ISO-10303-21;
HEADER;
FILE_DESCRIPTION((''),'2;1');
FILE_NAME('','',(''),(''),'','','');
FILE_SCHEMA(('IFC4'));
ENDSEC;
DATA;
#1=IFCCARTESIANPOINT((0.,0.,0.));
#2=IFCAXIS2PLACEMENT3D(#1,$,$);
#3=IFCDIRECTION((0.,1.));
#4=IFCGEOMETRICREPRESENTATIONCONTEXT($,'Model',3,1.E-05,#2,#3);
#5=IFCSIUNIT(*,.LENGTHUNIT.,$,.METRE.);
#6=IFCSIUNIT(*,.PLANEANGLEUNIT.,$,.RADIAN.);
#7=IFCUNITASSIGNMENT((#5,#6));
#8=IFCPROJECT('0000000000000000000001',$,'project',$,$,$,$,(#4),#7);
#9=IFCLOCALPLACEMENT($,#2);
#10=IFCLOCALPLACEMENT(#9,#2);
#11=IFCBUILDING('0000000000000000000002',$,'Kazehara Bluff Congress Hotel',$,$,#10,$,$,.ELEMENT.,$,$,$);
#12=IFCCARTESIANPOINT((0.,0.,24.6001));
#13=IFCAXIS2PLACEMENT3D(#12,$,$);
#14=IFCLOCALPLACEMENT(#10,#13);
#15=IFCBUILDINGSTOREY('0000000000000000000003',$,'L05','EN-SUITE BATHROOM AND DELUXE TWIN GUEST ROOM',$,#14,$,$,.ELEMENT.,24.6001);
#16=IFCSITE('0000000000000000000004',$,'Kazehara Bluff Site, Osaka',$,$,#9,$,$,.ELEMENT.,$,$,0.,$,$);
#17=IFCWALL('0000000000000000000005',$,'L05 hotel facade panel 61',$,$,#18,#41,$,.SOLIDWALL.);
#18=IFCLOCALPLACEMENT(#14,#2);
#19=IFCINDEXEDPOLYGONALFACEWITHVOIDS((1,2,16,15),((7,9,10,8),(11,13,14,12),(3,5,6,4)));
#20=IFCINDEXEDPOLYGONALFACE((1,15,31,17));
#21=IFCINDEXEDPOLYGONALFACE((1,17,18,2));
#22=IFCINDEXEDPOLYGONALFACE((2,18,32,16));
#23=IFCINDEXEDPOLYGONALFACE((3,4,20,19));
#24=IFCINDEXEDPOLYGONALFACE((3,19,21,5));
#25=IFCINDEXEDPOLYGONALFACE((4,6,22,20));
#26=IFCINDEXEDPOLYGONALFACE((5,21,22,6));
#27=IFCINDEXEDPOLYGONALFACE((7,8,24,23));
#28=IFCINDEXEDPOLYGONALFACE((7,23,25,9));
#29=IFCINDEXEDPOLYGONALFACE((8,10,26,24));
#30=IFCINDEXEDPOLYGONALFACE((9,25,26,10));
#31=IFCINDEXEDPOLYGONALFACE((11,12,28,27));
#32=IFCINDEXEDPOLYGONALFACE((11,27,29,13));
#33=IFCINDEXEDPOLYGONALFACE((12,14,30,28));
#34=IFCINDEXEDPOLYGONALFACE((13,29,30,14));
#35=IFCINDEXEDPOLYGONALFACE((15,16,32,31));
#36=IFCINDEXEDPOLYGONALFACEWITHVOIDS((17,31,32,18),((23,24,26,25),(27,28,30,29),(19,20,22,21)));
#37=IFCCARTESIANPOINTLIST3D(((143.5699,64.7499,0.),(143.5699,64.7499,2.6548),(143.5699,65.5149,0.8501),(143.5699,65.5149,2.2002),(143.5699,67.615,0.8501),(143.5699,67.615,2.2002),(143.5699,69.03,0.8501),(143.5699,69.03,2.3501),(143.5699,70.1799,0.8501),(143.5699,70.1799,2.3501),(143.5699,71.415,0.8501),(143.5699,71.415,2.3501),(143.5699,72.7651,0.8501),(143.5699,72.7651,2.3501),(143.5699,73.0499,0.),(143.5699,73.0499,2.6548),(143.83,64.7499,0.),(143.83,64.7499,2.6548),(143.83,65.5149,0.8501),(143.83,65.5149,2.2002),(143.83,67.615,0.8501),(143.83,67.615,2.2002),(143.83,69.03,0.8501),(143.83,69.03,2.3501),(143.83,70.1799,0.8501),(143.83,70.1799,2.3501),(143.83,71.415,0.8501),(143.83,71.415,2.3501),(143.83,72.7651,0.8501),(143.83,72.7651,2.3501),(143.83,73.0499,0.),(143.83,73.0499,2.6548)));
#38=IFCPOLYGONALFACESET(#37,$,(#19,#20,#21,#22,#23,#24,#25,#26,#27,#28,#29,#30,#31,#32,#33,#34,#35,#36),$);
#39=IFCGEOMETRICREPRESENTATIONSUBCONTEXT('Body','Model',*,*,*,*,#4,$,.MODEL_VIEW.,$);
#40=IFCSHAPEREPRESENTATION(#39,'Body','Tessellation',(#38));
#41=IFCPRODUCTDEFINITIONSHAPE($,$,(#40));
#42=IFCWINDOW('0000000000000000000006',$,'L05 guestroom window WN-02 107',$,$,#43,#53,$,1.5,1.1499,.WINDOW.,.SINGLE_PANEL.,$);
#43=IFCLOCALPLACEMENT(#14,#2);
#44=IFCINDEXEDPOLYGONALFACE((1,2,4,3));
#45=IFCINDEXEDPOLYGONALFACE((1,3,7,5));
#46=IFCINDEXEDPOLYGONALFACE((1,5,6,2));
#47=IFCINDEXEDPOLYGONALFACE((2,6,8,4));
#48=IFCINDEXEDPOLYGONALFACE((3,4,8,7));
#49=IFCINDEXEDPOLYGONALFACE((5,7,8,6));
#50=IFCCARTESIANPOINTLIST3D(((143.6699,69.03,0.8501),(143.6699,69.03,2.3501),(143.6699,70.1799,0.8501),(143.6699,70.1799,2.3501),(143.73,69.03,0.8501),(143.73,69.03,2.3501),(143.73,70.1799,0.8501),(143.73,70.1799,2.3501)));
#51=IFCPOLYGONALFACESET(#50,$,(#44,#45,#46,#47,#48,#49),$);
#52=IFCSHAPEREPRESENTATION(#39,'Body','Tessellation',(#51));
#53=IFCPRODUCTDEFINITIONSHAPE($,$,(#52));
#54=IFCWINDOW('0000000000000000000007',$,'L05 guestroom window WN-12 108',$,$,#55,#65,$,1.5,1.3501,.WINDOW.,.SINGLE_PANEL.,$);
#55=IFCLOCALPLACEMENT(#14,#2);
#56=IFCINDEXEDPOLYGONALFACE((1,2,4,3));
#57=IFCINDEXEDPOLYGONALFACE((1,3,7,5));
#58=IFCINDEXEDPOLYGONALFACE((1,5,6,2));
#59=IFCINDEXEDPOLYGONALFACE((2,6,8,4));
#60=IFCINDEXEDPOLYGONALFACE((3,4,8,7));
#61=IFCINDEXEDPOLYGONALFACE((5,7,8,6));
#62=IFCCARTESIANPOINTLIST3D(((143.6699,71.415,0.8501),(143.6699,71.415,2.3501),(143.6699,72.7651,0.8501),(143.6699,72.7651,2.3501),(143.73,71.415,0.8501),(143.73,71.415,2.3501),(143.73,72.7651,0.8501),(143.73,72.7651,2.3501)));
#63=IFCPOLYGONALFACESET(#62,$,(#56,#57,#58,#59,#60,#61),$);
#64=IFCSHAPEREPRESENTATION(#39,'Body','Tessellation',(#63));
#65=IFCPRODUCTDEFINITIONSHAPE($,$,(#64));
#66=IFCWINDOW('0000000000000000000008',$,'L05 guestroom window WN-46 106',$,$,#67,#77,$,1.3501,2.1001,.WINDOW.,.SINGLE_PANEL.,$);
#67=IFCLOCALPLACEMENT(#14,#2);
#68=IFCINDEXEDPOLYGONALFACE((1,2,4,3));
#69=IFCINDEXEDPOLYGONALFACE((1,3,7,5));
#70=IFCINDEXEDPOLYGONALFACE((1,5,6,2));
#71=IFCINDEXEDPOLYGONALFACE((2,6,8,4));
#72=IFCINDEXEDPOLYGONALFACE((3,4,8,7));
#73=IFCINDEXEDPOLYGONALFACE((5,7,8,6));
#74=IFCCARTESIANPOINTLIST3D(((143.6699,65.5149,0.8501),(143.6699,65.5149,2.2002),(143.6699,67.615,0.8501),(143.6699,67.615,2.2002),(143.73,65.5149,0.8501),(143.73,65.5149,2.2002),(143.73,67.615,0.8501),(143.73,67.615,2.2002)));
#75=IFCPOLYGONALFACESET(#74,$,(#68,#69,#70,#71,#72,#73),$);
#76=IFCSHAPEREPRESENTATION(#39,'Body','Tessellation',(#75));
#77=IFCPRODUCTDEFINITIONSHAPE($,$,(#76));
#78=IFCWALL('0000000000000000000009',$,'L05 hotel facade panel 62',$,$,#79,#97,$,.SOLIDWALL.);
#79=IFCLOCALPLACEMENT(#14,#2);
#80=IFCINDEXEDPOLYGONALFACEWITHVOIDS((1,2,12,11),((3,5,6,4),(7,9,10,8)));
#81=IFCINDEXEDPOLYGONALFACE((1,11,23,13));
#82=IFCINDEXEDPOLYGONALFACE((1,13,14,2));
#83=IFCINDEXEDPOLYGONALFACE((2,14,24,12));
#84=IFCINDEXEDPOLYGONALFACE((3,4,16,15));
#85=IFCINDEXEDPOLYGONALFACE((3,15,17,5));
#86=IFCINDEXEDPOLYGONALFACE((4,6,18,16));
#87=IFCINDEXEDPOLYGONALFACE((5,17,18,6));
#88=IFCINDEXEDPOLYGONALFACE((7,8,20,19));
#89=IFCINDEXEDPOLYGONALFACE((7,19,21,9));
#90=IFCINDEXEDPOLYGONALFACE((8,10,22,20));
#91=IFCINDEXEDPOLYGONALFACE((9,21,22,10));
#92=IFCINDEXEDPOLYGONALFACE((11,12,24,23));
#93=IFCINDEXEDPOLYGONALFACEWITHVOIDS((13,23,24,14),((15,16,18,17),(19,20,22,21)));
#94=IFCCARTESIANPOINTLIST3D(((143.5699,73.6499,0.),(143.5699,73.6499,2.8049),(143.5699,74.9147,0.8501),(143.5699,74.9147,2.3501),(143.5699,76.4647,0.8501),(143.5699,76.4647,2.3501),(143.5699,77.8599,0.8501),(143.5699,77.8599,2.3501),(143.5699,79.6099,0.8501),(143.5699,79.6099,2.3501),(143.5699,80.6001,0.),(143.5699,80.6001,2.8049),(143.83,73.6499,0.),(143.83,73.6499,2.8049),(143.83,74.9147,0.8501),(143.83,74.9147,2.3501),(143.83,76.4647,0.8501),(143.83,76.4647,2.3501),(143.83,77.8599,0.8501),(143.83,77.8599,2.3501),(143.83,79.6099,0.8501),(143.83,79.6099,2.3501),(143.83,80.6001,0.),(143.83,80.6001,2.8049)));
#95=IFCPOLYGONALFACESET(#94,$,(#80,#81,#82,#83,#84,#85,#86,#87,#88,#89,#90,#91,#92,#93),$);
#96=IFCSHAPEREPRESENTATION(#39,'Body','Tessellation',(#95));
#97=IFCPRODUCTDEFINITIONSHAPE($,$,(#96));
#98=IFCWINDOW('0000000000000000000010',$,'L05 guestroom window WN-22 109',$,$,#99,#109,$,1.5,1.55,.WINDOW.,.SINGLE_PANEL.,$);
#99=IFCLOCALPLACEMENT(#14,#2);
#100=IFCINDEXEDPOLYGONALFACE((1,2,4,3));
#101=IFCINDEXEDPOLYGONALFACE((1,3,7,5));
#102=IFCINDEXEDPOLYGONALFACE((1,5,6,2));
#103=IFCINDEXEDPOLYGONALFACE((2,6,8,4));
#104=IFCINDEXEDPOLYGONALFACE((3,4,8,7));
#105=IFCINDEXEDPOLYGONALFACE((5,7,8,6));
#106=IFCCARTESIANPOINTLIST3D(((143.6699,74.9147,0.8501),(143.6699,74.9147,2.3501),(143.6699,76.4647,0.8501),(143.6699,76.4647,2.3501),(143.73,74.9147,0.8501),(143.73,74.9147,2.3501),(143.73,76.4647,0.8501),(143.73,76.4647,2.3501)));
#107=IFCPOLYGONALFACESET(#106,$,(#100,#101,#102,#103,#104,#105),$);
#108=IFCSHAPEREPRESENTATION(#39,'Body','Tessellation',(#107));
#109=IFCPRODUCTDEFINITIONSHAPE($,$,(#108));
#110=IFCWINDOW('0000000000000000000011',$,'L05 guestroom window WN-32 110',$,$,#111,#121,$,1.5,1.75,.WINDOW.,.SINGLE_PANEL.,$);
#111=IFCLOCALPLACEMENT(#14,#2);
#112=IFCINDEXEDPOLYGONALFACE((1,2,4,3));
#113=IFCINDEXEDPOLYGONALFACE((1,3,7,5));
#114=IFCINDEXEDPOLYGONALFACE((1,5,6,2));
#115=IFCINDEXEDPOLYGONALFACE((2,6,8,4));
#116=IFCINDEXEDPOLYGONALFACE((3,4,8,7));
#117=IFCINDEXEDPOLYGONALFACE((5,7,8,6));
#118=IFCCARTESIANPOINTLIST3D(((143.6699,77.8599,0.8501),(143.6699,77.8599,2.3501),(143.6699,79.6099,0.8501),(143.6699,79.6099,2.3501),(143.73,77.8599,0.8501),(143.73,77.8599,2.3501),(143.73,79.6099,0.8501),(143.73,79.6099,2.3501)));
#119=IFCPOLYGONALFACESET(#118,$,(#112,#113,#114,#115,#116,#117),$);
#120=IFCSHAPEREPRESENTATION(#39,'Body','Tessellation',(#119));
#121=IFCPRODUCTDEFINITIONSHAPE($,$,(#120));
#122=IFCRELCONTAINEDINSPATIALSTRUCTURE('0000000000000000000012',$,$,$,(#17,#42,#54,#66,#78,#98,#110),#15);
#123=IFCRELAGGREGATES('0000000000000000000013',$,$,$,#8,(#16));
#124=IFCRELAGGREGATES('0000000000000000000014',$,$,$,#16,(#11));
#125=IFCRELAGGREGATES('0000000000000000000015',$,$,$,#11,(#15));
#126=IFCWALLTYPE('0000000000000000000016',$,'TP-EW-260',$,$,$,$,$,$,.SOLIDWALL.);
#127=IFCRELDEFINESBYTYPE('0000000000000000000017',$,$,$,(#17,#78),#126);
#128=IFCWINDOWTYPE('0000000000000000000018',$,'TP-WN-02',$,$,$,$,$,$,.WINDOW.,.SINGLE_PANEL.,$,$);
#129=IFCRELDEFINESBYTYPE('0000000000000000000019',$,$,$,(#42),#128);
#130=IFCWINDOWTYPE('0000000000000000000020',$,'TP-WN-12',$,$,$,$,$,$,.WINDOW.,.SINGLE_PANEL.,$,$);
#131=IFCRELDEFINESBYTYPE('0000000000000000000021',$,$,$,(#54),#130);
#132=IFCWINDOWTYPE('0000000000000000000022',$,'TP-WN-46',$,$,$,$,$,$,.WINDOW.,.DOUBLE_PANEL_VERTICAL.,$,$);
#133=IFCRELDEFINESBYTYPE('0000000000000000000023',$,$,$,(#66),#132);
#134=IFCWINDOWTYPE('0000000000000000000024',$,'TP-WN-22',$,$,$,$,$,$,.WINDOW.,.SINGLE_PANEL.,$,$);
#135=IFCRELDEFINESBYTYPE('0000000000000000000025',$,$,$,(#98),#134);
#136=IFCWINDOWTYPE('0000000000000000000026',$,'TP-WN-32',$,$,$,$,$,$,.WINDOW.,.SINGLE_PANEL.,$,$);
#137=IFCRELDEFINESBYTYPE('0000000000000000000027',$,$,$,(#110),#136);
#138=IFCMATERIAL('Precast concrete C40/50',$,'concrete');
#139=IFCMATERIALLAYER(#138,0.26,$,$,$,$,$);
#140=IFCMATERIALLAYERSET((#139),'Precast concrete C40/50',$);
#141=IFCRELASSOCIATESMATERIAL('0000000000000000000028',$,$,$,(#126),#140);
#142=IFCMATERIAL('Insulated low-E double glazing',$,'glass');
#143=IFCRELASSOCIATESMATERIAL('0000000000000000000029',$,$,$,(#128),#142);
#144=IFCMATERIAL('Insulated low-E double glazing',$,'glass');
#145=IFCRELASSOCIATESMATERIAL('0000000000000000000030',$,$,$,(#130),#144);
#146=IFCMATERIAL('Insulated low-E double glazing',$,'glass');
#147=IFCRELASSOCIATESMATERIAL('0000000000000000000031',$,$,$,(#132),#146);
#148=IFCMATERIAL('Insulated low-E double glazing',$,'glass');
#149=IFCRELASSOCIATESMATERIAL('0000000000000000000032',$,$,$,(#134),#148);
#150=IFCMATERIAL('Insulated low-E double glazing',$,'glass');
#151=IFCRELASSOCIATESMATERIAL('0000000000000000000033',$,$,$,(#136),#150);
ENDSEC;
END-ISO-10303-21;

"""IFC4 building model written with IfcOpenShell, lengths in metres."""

from ifc_helpers import new_model, si_unit, direction, frame, frame_2d, origin, place, context, subcontext, project, spatial, rectangle, extrude, material, layer, layer_set, type_object, element, fill, save


model = new_model("IFC4")

# Units and contexts
model_context = context("Model", 3, precision=1e-05, world=origin(), true_north=direction((0.0, 1.0)))
body_context = subcontext(model_context, "Body", "Model", "MODEL_VIEW")
ifc_project = project(units=[si_unit("LENGTHUNIT", "METRE"), si_unit("PLANEANGLEUNIT", "RADIAN")], contexts=[model_context])

# Site, building, storey
site_placement = place(None, origin())
site = spatial("IfcSite", under=ifc_project, at=site_placement, Name="Kazehara Bluff Site, Osaka", CompositionType="ELEMENT", RefElevation=0.0)
building_placement = place(site_placement, origin())
building = spatial("IfcBuilding", under=site, at=building_placement, Name="Kazehara Bluff Congress Hotel", CompositionType="ELEMENT")
storey_placement = place(building_placement, frame((0.0, 0.0, 24.6001)))
storey = spatial("IfcBuildingStorey", under=building, at=storey_placement, Name="L05", Description="EN-SUITE BATHROOM AND DELUXE TWIN GUEST ROOM", CompositionType="ELEMENT", Elevation=24.6001)

# Shared definitions
ifc_material_1 = material(Name="Precast concrete C40/50", Category="concrete")
ifc_layer = layer(ifc_material_1, 0.26)
ifc_layer_set = layer_set([ifc_layer], Name="Precast concrete C40/50")
wall_type = type_object("IfcWallType", Name="TP-EW-260", PredefinedType="SOLIDWALL", material=ifc_layer_set)

# Walls, openings, windows
wall_1_placement = place(storey_placement, frame((143.7, 64.75, 0.0), z_axis=(0.0, 0.0, 1.0), x_axis=(0.0, 1.0, 0.0)))
wall_1 = element("IfcWall", 1, at=wall_1_placement, inside=storey, type_object=wall_type, Name="L05 hotel facade panel 61", PredefinedType="SOLIDWALL", context=body_context, shape_type="SweptSolid", body=[
    extrude(rectangle(XDim=8.3, YDim=0.26, at=frame_2d((4.1499, 0.0))), origin(), (0.0, 0.0, 1.0), 2.6548),
])
opening_1_placement = place(wall_1_placement, frame((0.7649, 0.0, 0.8501)))
opening_1 = element("IfcOpeningElement", 2, at=opening_1_placement, cuts=wall_1, PredefinedType="OPENING", context=body_context, shape_type="SweptSolid", body=[
    extrude(rectangle(XDim=2.1001, YDim=1.3501, at=frame_2d((1.05, 0.675))), frame((0.0, 0.1399, 0.0), z_axis=(0.0, -1.0, 0.0), x_axis=(1.0, 0.0, 0.0)), (0.0, 0.0, 1.0), 0.28),
])
opening_2_placement = place(wall_1_placement, frame((4.28, 0.0, 0.8501)))
opening_2 = element("IfcOpeningElement", 3, at=opening_2_placement, cuts=wall_1, PredefinedType="OPENING", context=body_context, shape_type="SweptSolid", body=[
    extrude(rectangle(XDim=1.1499, YDim=1.5, at=frame_2d((0.575, 0.75))), frame((0.0, 0.1399, 0.0), z_axis=(0.0, -1.0, 0.0), x_axis=(1.0, 0.0, 0.0)), (0.0, 0.0, 1.0), 0.28),
])
opening_3_placement = place(wall_1_placement, frame((6.665, 0.0, 0.8501)))
opening_3 = element("IfcOpeningElement", 4, at=opening_3_placement, cuts=wall_1, PredefinedType="OPENING", context=body_context, shape_type="SweptSolid", body=[
    extrude(rectangle(XDim=1.3501, YDim=1.5, at=frame_2d((0.675, 0.75))), frame((0.0, 0.1399, 0.0), z_axis=(0.0, -1.0, 0.0), x_axis=(1.0, 0.0, 0.0)), (0.0, 0.0, 1.0), 0.28),
])
ifc_material_2 = material(Name="Insulated low-E double glazing", Category="glass")
window_type_1 = type_object("IfcWindowType", Name="TP-WN-02", PartitioningType="SINGLE_PANEL", PredefinedType="WINDOW", material=ifc_material_2)
window_1_placement = place(opening_2_placement, origin())
window_1 = element("IfcWindow", 5, at=window_1_placement, inside=storey, type_object=window_type_1, Name="L05 guestroom window WN-02 107", OverallHeight=1.5, OverallWidth=1.1499, PartitioningType="SINGLE_PANEL", PredefinedType="WINDOW", context=body_context, shape_type="SweptSolid", body=[
    extrude(rectangle(XDim=1.1499, YDim=1.5, at=frame_2d((0.575, 0.75))), frame((0.0, 0.03, 0.0), z_axis=(0.0, -1.0, 0.0), x_axis=(1.0, 0.0, 0.0)), (0.0, 0.0, 1.0), 0.0601),
])
fill(opening_2, window_1)
ifc_material_3 = material(Name="Insulated low-E double glazing", Category="glass")
window_type_2 = type_object("IfcWindowType", Name="TP-WN-12", PartitioningType="SINGLE_PANEL", PredefinedType="WINDOW", material=ifc_material_3)
window_2_placement = place(opening_3_placement, origin())
window_2 = element("IfcWindow", 6, at=window_2_placement, inside=storey, type_object=window_type_2, Name="L05 guestroom window WN-12 108", OverallHeight=1.5, OverallWidth=1.3501, PartitioningType="SINGLE_PANEL", PredefinedType="WINDOW", context=body_context, shape_type="SweptSolid", body=[
    extrude(rectangle(XDim=1.3501, YDim=1.5, at=frame_2d((0.675, 0.75))), frame((0.0, 0.03, 0.0), z_axis=(0.0, -1.0, 0.0), x_axis=(1.0, 0.0, 0.0)), (0.0, 0.0, 1.0), 0.0601),
])
fill(opening_3, window_2)
ifc_material_4 = material(Name="Insulated low-E double glazing", Category="glass")
window_type_3 = type_object("IfcWindowType", Name="TP-WN-46", PartitioningType="DOUBLE_PANEL_VERTICAL", PredefinedType="WINDOW", material=ifc_material_4)
window_3_placement = place(opening_1_placement, origin())
window_3 = element("IfcWindow", 7, at=window_3_placement, inside=storey, type_object=window_type_3, Name="L05 guestroom window WN-46 106", OverallHeight=1.3501, OverallWidth=2.1001, PartitioningType="SINGLE_PANEL", PredefinedType="WINDOW", context=body_context, shape_type="SweptSolid", body=[
    extrude(rectangle(XDim=2.1001, YDim=1.3501, at=frame_2d((1.05, 0.675))), frame((0.0, 0.03, 0.0), z_axis=(0.0, -1.0, 0.0), x_axis=(1.0, 0.0, 0.0)), (0.0, 0.0, 1.0), 0.0601),
])
fill(opening_1, window_3)
wall_2_placement = place(storey_placement, frame((143.7, 73.6499, 0.0), z_axis=(0.0, 0.0, 1.0), x_axis=(0.0, 1.0, 0.0)))
wall_2 = element("IfcWall", 8, at=wall_2_placement, inside=storey, type_object=wall_type, Name="L05 hotel facade panel 62", PredefinedType="SOLIDWALL", context=body_context, shape_type="SweptSolid", body=[
    extrude(rectangle(XDim=6.9502, YDim=0.26, at=frame_2d((3.4751, 0.0))), origin(), (0.0, 0.0, 1.0), 2.8049),
])
opening_4_placement = place(wall_2_placement, frame((1.2649, 0.0, 0.8501)))
opening_4 = element("IfcOpeningElement", 9, at=opening_4_placement, cuts=wall_2, PredefinedType="OPENING", context=body_context, shape_type="SweptSolid", body=[
    extrude(rectangle(XDim=1.55, YDim=1.5, at=frame_2d((0.7749, 0.75))), frame((0.0, 0.1399, 0.0), z_axis=(0.0, -1.0, 0.0), x_axis=(1.0, 0.0, 0.0)), (0.0, 0.0, 1.0), 0.28),
])
opening_5_placement = place(wall_2_placement, frame((4.21, 0.0, 0.8501)))
opening_5 = element("IfcOpeningElement", 10, at=opening_5_placement, cuts=wall_2, PredefinedType="OPENING", context=body_context, shape_type="SweptSolid", body=[
    extrude(rectangle(XDim=1.75, YDim=1.5, at=frame_2d((0.875, 0.75))), frame((0.0, 0.1399, 0.0), z_axis=(0.0, -1.0, 0.0), x_axis=(1.0, 0.0, 0.0)), (0.0, 0.0, 1.0), 0.28),
])
ifc_material_5 = material(Name="Insulated low-E double glazing", Category="glass")
window_type_4 = type_object("IfcWindowType", Name="TP-WN-22", PartitioningType="SINGLE_PANEL", PredefinedType="WINDOW", material=ifc_material_5)
window_4_placement = place(opening_4_placement, origin())
window_4 = element("IfcWindow", 11, at=window_4_placement, inside=storey, type_object=window_type_4, Name="L05 guestroom window WN-22 109", OverallHeight=1.5, OverallWidth=1.55, PartitioningType="SINGLE_PANEL", PredefinedType="WINDOW", context=body_context, shape_type="SweptSolid", body=[
    extrude(rectangle(XDim=1.55, YDim=1.5, at=frame_2d((0.7749, 0.75))), frame((0.0, 0.03, 0.0), z_axis=(0.0, -1.0, 0.0), x_axis=(1.0, 0.0, 0.0)), (0.0, 0.0, 1.0), 0.0601),
])
fill(opening_4, window_4)
ifc_material_6 = material(Name="Insulated low-E double glazing", Category="glass")
window_type_5 = type_object("IfcWindowType", Name="TP-WN-32", PartitioningType="SINGLE_PANEL", PredefinedType="WINDOW", material=ifc_material_6)
window_5_placement = place(opening_5_placement, origin())
window_5 = element("IfcWindow", 12, at=window_5_placement, inside=storey, type_object=window_type_5, Name="L05 guestroom window WN-32 110", OverallHeight=1.5, OverallWidth=1.75, PartitioningType="SINGLE_PANEL", PredefinedType="WINDOW", context=body_context, shape_type="SweptSolid", body=[
    extrude(rectangle(XDim=1.75, YDim=1.5, at=frame_2d((0.875, 0.75))), frame((0.0, 0.03, 0.0), z_axis=(0.0, -1.0, 0.0), x_axis=(1.0, 0.0, 0.0)), (0.0, 0.0, 1.0), 0.0601),
])
fill(opening_5, window_5)

save(model, "model.ifc")
